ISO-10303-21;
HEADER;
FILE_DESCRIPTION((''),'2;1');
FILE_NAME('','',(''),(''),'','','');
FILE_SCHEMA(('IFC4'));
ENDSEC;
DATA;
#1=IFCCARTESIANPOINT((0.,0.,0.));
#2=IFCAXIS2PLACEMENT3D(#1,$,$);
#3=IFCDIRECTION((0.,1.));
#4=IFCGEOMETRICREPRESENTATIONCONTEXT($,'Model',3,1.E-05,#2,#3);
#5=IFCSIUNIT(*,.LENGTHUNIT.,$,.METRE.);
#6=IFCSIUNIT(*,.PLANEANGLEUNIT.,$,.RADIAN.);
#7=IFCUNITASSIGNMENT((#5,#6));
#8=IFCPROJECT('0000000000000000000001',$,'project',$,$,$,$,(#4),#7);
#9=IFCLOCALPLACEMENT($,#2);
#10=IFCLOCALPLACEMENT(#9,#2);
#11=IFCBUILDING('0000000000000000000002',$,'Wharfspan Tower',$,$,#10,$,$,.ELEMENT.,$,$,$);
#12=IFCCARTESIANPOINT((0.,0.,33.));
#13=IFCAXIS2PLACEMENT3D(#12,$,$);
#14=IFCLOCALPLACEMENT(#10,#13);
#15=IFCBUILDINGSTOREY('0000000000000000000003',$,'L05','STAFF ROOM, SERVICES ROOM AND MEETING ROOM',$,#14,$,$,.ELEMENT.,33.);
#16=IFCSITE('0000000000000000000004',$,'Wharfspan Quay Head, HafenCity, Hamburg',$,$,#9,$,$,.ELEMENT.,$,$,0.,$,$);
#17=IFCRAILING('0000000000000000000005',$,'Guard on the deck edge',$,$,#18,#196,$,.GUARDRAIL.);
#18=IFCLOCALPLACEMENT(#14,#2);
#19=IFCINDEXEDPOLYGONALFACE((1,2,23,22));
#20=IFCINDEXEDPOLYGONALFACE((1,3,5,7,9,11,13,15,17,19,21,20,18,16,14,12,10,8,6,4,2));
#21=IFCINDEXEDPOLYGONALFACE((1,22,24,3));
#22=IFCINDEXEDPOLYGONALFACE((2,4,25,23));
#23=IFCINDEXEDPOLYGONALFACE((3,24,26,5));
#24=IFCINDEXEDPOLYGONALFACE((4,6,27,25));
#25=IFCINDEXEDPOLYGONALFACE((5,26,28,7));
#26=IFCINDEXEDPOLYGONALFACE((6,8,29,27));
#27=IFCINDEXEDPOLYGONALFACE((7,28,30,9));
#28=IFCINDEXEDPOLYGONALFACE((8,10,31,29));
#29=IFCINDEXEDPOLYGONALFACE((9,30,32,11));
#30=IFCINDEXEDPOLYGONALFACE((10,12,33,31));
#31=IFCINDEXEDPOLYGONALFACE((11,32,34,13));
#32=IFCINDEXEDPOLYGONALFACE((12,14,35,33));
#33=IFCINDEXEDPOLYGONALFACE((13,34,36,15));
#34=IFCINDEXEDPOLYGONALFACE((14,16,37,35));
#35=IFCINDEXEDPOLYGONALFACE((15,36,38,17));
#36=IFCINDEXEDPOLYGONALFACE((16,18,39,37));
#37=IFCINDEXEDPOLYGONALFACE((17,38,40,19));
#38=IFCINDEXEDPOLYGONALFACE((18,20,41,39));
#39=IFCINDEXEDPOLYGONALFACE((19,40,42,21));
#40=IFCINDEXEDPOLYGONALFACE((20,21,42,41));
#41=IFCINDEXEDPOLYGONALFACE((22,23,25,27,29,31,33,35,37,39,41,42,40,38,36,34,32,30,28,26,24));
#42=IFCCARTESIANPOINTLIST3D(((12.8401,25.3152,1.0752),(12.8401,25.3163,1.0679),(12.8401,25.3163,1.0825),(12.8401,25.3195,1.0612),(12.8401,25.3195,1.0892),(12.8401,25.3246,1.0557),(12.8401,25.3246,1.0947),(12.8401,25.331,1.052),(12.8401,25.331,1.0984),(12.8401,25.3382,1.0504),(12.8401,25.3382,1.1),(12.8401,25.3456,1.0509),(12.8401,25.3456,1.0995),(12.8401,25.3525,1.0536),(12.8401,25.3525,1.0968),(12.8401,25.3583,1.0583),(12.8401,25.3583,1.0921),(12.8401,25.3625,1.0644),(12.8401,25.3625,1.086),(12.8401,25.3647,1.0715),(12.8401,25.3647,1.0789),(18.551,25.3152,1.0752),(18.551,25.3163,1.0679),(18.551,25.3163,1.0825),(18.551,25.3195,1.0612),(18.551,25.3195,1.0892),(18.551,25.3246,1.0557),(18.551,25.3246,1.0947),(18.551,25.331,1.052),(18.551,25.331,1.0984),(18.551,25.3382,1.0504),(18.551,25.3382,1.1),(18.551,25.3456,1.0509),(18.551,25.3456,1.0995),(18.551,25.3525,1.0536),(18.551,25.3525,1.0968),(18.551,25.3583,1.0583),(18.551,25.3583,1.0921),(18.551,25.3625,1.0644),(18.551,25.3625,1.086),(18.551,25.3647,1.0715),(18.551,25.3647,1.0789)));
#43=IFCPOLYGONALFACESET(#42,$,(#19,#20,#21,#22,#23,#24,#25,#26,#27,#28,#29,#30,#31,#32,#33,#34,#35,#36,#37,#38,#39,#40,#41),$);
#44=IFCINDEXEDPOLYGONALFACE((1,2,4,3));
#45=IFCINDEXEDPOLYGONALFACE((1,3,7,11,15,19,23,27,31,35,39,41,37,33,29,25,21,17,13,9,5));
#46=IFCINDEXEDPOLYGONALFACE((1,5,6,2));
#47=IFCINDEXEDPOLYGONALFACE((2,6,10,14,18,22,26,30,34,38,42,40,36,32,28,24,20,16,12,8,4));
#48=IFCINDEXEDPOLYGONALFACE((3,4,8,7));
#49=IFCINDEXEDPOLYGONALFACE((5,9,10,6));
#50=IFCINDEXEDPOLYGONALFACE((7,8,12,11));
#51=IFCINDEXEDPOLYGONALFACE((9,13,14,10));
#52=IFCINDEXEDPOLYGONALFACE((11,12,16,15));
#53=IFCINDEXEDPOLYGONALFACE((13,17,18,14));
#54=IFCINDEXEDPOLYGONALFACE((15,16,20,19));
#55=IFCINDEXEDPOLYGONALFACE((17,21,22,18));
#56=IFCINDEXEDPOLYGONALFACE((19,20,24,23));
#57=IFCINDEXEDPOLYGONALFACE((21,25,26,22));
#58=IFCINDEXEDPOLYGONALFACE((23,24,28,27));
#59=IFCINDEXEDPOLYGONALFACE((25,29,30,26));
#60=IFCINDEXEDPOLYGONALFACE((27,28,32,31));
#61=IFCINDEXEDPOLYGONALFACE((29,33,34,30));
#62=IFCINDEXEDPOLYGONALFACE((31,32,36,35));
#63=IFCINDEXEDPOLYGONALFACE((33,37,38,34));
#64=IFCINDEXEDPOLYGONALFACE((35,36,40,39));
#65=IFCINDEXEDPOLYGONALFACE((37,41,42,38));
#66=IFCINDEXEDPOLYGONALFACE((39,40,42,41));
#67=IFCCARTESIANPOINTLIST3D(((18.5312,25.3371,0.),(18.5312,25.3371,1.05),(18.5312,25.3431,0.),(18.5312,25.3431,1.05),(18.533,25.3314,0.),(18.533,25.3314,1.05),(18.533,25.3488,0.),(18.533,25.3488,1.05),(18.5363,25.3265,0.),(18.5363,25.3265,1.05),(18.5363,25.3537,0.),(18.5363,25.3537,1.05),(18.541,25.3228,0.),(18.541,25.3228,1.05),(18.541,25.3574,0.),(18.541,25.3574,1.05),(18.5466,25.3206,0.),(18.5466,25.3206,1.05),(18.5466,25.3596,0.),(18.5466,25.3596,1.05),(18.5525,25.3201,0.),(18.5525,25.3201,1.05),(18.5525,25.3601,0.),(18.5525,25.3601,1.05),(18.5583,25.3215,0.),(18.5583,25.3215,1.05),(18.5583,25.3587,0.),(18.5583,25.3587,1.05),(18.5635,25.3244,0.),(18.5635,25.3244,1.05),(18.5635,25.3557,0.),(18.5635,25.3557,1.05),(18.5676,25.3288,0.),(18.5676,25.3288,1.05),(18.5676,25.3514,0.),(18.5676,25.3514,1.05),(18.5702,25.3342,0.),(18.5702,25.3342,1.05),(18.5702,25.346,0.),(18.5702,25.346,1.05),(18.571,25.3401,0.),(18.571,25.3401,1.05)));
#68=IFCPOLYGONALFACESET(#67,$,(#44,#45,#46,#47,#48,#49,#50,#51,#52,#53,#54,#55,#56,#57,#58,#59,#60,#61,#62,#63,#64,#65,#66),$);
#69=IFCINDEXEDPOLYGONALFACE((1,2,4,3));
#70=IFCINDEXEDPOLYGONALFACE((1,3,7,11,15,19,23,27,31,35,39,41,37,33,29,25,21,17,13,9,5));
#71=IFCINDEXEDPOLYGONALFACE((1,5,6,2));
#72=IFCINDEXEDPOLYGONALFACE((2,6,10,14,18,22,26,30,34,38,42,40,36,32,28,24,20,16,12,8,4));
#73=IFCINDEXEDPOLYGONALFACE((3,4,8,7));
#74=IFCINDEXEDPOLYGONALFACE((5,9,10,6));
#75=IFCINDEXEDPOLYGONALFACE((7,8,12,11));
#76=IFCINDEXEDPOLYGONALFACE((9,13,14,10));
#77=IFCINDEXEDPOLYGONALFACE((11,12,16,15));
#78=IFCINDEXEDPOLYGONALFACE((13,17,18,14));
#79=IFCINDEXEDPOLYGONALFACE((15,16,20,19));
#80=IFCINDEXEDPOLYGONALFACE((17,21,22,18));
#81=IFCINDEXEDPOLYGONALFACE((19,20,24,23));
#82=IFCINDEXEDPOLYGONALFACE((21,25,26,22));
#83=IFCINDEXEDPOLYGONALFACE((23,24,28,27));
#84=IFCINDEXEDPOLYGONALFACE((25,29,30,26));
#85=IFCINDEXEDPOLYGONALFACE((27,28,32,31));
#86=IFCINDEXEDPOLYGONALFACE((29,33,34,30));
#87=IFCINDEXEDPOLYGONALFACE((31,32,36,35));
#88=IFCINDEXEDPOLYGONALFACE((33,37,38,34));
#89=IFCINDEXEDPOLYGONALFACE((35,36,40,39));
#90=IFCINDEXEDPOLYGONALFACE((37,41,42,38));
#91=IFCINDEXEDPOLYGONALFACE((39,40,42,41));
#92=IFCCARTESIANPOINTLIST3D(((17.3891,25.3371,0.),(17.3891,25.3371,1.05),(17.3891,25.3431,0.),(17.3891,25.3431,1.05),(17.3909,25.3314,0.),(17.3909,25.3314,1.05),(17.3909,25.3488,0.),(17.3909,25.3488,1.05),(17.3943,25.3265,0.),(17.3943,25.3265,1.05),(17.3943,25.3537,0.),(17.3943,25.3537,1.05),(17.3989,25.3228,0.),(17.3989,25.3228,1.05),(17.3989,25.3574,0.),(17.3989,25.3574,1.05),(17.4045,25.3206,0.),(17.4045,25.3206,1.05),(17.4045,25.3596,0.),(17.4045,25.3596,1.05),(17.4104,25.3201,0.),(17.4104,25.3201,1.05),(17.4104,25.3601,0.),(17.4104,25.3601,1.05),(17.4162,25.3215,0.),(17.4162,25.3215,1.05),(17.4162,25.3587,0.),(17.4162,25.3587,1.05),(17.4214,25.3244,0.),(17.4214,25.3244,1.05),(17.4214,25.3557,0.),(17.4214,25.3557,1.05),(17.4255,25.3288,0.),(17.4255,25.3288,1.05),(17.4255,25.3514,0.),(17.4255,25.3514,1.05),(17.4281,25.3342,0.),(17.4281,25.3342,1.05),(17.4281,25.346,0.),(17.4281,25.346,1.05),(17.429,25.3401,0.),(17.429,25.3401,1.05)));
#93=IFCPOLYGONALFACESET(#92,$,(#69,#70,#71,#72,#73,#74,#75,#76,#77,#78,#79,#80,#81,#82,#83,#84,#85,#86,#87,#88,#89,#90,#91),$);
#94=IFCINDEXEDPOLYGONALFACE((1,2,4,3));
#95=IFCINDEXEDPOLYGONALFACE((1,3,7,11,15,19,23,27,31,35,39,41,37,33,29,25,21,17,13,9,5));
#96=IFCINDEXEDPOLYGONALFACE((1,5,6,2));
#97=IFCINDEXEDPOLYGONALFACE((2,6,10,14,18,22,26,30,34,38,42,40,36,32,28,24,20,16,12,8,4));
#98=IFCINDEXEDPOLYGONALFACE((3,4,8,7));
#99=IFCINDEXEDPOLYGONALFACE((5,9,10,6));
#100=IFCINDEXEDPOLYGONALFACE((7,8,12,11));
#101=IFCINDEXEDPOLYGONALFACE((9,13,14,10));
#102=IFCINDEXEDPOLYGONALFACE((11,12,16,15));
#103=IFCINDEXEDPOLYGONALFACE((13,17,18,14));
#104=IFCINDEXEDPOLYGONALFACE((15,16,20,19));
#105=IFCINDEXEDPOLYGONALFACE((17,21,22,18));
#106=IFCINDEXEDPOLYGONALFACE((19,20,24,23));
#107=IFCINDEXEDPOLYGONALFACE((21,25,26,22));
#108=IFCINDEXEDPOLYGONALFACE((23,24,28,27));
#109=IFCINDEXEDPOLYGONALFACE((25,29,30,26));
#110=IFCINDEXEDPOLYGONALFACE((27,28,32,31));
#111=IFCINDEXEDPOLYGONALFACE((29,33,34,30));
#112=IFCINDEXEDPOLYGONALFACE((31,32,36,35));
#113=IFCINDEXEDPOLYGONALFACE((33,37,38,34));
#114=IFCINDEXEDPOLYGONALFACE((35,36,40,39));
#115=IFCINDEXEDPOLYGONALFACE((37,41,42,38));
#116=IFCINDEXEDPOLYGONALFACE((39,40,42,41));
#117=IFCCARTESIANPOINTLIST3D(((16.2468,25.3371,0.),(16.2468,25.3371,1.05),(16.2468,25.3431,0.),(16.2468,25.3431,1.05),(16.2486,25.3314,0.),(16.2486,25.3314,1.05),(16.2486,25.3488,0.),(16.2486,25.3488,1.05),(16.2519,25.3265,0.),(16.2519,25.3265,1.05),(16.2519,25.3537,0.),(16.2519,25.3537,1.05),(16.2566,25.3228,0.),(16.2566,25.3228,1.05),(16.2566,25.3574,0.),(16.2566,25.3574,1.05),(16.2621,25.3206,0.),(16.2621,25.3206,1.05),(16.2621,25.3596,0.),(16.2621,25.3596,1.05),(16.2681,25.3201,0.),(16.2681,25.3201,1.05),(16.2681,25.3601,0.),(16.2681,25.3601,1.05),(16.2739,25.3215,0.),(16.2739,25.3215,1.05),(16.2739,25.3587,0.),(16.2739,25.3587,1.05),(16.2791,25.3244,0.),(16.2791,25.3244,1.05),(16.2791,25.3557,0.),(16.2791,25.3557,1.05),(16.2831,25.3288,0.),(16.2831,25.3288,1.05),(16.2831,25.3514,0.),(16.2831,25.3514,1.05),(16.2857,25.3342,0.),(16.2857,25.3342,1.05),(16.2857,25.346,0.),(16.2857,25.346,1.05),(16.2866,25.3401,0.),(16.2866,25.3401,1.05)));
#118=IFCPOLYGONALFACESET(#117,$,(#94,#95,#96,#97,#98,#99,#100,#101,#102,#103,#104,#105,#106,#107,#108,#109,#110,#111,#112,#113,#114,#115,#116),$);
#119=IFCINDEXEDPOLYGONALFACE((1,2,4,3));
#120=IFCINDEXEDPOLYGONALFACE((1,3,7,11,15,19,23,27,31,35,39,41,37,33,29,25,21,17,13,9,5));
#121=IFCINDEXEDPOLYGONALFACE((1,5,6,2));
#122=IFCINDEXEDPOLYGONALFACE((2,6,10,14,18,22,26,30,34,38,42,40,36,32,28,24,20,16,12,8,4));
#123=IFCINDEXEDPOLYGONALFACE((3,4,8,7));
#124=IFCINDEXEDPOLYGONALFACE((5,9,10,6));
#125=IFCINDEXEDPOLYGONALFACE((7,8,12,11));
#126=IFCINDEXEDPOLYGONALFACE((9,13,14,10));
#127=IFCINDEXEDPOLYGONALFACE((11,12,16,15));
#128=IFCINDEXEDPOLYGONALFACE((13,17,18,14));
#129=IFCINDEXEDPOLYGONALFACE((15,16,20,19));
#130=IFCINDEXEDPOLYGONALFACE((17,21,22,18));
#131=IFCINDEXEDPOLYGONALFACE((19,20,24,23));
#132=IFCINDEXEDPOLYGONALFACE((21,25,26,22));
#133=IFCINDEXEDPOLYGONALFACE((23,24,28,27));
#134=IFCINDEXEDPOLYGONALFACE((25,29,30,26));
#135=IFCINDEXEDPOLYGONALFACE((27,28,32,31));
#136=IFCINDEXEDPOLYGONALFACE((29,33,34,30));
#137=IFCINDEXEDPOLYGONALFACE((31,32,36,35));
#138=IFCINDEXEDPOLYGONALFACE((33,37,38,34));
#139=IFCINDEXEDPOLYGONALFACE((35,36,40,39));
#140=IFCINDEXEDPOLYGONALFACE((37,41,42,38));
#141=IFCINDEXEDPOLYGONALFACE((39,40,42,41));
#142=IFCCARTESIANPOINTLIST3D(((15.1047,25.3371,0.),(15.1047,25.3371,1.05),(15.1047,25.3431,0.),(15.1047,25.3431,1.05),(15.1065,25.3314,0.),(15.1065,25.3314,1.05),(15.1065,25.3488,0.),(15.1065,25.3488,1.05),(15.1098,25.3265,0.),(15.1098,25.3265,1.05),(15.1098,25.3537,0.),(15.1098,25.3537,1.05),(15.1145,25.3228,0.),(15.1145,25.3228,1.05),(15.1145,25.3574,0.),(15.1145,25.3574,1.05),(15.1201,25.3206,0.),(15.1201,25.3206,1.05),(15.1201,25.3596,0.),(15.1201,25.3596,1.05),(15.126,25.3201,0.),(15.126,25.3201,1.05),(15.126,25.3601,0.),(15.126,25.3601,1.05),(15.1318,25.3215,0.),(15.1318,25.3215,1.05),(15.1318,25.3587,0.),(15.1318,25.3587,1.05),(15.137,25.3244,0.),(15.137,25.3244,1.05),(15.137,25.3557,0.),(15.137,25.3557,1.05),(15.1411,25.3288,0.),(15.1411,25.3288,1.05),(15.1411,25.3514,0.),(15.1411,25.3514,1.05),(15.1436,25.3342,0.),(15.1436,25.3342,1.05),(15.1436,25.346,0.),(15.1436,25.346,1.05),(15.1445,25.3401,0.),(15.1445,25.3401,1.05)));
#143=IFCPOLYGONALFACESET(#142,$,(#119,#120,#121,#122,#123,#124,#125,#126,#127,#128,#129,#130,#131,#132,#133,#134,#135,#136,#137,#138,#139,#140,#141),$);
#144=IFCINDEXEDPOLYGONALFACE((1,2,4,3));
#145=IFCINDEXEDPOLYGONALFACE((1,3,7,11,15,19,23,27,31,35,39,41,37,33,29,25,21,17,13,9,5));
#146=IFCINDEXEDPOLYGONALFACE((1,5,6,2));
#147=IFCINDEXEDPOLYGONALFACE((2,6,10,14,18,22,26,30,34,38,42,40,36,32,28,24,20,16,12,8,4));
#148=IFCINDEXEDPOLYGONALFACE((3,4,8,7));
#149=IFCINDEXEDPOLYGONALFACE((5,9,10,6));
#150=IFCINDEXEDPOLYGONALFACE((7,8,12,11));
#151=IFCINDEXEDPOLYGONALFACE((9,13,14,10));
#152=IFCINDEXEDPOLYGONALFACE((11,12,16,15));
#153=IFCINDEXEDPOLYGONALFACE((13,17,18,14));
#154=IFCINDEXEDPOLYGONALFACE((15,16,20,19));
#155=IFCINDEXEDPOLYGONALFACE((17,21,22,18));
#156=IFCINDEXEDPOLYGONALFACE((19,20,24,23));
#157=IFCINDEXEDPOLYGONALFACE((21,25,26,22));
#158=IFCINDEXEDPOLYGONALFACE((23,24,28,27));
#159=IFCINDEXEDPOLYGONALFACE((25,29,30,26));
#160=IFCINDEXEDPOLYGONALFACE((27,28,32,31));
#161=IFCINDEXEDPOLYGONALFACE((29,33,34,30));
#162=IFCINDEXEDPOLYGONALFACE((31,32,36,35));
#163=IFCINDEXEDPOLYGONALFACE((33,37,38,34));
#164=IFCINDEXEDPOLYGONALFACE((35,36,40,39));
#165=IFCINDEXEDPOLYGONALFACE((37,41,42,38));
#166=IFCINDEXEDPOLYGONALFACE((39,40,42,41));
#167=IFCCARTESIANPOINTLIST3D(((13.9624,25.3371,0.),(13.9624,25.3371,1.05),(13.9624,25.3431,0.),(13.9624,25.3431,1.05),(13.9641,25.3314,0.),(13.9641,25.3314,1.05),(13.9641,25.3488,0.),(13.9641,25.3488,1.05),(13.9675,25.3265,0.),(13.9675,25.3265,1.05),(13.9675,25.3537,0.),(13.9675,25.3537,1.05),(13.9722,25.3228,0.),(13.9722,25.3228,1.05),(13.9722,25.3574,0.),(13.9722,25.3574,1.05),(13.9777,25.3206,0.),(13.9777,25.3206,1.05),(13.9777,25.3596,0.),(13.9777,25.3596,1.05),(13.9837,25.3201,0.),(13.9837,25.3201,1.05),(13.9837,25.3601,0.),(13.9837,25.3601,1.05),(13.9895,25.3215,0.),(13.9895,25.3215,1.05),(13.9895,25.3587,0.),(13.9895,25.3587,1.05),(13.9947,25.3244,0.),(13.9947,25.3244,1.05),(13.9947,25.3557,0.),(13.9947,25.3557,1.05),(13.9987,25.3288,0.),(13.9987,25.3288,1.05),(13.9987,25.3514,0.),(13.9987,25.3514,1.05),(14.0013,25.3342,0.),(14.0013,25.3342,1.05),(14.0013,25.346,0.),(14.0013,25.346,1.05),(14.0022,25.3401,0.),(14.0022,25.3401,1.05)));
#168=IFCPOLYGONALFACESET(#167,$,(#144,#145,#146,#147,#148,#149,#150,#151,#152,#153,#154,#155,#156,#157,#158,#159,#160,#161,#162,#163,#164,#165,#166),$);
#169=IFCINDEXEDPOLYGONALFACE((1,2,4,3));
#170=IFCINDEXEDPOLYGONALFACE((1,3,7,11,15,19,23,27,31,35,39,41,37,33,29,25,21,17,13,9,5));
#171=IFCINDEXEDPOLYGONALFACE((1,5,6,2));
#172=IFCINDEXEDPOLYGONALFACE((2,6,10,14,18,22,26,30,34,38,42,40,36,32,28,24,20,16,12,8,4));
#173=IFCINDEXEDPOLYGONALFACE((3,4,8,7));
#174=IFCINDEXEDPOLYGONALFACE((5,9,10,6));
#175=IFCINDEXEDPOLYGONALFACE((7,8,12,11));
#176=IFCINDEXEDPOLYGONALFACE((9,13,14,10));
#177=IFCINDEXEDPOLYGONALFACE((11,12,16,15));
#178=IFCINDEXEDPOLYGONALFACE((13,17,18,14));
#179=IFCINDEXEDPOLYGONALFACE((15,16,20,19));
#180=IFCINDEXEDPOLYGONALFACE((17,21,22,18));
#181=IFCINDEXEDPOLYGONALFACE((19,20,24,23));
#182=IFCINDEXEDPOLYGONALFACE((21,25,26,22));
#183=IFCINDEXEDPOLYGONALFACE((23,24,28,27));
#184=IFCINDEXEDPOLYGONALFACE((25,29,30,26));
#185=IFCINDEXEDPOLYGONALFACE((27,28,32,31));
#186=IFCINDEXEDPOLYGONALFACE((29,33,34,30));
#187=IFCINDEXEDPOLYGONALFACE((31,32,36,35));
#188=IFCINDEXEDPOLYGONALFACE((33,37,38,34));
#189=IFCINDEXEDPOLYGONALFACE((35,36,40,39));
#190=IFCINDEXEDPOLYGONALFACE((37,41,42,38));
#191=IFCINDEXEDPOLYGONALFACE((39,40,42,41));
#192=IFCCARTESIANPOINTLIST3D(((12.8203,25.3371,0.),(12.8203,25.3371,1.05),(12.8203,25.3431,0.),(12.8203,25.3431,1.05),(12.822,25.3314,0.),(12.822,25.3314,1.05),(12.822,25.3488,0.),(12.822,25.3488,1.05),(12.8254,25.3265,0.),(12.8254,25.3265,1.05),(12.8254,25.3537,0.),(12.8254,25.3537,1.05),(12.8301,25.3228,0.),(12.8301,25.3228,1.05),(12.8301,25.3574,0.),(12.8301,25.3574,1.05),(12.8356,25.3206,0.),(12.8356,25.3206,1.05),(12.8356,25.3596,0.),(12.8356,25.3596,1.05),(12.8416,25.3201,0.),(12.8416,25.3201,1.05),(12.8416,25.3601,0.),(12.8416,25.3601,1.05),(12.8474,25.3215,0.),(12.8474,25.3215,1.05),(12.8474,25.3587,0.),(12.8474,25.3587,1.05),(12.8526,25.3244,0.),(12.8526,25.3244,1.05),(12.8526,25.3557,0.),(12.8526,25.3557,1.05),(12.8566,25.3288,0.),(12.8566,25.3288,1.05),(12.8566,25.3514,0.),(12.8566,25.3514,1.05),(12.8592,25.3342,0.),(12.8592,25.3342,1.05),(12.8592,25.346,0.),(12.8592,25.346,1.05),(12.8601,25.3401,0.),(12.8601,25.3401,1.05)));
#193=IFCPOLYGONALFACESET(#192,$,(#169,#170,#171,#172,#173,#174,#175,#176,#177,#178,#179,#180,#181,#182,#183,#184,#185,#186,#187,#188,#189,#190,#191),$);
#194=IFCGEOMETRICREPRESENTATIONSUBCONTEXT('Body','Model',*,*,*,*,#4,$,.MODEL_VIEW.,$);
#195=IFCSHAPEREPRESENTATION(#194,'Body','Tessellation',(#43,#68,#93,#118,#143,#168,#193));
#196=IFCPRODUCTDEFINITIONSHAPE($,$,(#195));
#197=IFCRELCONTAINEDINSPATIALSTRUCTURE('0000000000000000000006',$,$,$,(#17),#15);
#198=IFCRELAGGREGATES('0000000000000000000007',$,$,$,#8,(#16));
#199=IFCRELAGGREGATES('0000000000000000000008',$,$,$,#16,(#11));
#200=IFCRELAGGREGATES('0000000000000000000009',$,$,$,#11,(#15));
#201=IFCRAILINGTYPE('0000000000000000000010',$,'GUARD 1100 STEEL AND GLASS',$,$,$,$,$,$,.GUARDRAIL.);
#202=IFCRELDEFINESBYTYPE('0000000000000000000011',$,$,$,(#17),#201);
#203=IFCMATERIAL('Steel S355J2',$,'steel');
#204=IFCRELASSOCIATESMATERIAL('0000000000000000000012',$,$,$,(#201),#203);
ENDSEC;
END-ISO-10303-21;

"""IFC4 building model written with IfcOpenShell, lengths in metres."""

from ifc_helpers import new_model, si_unit, direction, frame, origin, origin_2d, place, context, subcontext, project, spatial, circle, extrude, material, type_object, element, save


model = new_model("IFC4")

# Units and contexts
model_context = context("Model", 3, precision=1e-05, world=origin(), true_north=direction((0.0, 1.0)))
body_context = subcontext(model_context, "Body", "Model", "MODEL_VIEW")
ifc_project = project(units=[si_unit("LENGTHUNIT", "METRE"), si_unit("PLANEANGLEUNIT", "RADIAN")], contexts=[model_context])

# Site, building, storey
site_placement = place(None, origin())
site = spatial("IfcSite", under=ifc_project, at=site_placement, Name="Wharfspan Quay Head, HafenCity, Hamburg", CompositionType="ELEMENT", RefElevation=0.0)
building_placement = place(site_placement, origin())
building = spatial("IfcBuilding", under=site, at=building_placement, Name="Wharfspan Tower", CompositionType="ELEMENT")
storey_placement = place(building_placement, frame((0.0, 0.0, 33.0)))
storey = spatial("IfcBuildingStorey", under=building, at=storey_placement, Name="L05", Description="STAFF ROOM, SERVICES ROOM AND MEETING ROOM", CompositionType="ELEMENT", Elevation=33.0)

# Railing
ifc_material_1 = material(Name="Steel S355J2", Category="steel")
railing_type = type_object("IfcRailingType", Name="GUARD 1100 STEEL AND GLASS", PredefinedType="GUARDRAIL", material=ifc_material_1)
railing_1_placement = place(storey_placement, frame((18.551, 25.3401, 0.0)))
element("IfcRailing", 1, at=railing_1_placement, inside=storey, type_object=railing_type, Name="Guard on the deck edge", PredefinedType="GUARDRAIL", context=body_context, shape_type="SweptSolid", body=[
    extrude(circle(Radius=0.0249, at=origin_2d()), frame((0.0, 0.0, 1.0752), z_axis=(-1.0, 0.0, 0.0), x_axis=(0.0, -1.0, 0.0)), (0.0, 0.0, 1.0), 5.7109),
    extrude(circle(Radius=0.02, at=origin_2d()), origin(), (0.0, 0.0, 1.0), 1.05),
    extrude(circle(Radius=0.02, at=origin_2d()), frame((-1.1421, 0.0, 0.0)), (0.0, 0.0, 1.0), 1.05),
    extrude(circle(Radius=0.02, at=origin_2d()), frame((-2.2844, 0.0, 0.0)), (0.0, 0.0, 1.0), 1.05),
    extrude(circle(Radius=0.02, at=origin_2d()), frame((-3.4265, 0.0, 0.0)), (0.0, 0.0, 1.0), 1.05),
    extrude(circle(Radius=0.02, at=origin_2d()), frame((-4.5688, 0.0, 0.0)), (0.0, 0.0, 1.0), 1.05),
    extrude(circle(Radius=0.02, at=origin_2d()), frame((-5.7109, 0.0, 0.0)), (0.0, 0.0, 1.0), 1.05),
])

save(model, "model.ifc")
